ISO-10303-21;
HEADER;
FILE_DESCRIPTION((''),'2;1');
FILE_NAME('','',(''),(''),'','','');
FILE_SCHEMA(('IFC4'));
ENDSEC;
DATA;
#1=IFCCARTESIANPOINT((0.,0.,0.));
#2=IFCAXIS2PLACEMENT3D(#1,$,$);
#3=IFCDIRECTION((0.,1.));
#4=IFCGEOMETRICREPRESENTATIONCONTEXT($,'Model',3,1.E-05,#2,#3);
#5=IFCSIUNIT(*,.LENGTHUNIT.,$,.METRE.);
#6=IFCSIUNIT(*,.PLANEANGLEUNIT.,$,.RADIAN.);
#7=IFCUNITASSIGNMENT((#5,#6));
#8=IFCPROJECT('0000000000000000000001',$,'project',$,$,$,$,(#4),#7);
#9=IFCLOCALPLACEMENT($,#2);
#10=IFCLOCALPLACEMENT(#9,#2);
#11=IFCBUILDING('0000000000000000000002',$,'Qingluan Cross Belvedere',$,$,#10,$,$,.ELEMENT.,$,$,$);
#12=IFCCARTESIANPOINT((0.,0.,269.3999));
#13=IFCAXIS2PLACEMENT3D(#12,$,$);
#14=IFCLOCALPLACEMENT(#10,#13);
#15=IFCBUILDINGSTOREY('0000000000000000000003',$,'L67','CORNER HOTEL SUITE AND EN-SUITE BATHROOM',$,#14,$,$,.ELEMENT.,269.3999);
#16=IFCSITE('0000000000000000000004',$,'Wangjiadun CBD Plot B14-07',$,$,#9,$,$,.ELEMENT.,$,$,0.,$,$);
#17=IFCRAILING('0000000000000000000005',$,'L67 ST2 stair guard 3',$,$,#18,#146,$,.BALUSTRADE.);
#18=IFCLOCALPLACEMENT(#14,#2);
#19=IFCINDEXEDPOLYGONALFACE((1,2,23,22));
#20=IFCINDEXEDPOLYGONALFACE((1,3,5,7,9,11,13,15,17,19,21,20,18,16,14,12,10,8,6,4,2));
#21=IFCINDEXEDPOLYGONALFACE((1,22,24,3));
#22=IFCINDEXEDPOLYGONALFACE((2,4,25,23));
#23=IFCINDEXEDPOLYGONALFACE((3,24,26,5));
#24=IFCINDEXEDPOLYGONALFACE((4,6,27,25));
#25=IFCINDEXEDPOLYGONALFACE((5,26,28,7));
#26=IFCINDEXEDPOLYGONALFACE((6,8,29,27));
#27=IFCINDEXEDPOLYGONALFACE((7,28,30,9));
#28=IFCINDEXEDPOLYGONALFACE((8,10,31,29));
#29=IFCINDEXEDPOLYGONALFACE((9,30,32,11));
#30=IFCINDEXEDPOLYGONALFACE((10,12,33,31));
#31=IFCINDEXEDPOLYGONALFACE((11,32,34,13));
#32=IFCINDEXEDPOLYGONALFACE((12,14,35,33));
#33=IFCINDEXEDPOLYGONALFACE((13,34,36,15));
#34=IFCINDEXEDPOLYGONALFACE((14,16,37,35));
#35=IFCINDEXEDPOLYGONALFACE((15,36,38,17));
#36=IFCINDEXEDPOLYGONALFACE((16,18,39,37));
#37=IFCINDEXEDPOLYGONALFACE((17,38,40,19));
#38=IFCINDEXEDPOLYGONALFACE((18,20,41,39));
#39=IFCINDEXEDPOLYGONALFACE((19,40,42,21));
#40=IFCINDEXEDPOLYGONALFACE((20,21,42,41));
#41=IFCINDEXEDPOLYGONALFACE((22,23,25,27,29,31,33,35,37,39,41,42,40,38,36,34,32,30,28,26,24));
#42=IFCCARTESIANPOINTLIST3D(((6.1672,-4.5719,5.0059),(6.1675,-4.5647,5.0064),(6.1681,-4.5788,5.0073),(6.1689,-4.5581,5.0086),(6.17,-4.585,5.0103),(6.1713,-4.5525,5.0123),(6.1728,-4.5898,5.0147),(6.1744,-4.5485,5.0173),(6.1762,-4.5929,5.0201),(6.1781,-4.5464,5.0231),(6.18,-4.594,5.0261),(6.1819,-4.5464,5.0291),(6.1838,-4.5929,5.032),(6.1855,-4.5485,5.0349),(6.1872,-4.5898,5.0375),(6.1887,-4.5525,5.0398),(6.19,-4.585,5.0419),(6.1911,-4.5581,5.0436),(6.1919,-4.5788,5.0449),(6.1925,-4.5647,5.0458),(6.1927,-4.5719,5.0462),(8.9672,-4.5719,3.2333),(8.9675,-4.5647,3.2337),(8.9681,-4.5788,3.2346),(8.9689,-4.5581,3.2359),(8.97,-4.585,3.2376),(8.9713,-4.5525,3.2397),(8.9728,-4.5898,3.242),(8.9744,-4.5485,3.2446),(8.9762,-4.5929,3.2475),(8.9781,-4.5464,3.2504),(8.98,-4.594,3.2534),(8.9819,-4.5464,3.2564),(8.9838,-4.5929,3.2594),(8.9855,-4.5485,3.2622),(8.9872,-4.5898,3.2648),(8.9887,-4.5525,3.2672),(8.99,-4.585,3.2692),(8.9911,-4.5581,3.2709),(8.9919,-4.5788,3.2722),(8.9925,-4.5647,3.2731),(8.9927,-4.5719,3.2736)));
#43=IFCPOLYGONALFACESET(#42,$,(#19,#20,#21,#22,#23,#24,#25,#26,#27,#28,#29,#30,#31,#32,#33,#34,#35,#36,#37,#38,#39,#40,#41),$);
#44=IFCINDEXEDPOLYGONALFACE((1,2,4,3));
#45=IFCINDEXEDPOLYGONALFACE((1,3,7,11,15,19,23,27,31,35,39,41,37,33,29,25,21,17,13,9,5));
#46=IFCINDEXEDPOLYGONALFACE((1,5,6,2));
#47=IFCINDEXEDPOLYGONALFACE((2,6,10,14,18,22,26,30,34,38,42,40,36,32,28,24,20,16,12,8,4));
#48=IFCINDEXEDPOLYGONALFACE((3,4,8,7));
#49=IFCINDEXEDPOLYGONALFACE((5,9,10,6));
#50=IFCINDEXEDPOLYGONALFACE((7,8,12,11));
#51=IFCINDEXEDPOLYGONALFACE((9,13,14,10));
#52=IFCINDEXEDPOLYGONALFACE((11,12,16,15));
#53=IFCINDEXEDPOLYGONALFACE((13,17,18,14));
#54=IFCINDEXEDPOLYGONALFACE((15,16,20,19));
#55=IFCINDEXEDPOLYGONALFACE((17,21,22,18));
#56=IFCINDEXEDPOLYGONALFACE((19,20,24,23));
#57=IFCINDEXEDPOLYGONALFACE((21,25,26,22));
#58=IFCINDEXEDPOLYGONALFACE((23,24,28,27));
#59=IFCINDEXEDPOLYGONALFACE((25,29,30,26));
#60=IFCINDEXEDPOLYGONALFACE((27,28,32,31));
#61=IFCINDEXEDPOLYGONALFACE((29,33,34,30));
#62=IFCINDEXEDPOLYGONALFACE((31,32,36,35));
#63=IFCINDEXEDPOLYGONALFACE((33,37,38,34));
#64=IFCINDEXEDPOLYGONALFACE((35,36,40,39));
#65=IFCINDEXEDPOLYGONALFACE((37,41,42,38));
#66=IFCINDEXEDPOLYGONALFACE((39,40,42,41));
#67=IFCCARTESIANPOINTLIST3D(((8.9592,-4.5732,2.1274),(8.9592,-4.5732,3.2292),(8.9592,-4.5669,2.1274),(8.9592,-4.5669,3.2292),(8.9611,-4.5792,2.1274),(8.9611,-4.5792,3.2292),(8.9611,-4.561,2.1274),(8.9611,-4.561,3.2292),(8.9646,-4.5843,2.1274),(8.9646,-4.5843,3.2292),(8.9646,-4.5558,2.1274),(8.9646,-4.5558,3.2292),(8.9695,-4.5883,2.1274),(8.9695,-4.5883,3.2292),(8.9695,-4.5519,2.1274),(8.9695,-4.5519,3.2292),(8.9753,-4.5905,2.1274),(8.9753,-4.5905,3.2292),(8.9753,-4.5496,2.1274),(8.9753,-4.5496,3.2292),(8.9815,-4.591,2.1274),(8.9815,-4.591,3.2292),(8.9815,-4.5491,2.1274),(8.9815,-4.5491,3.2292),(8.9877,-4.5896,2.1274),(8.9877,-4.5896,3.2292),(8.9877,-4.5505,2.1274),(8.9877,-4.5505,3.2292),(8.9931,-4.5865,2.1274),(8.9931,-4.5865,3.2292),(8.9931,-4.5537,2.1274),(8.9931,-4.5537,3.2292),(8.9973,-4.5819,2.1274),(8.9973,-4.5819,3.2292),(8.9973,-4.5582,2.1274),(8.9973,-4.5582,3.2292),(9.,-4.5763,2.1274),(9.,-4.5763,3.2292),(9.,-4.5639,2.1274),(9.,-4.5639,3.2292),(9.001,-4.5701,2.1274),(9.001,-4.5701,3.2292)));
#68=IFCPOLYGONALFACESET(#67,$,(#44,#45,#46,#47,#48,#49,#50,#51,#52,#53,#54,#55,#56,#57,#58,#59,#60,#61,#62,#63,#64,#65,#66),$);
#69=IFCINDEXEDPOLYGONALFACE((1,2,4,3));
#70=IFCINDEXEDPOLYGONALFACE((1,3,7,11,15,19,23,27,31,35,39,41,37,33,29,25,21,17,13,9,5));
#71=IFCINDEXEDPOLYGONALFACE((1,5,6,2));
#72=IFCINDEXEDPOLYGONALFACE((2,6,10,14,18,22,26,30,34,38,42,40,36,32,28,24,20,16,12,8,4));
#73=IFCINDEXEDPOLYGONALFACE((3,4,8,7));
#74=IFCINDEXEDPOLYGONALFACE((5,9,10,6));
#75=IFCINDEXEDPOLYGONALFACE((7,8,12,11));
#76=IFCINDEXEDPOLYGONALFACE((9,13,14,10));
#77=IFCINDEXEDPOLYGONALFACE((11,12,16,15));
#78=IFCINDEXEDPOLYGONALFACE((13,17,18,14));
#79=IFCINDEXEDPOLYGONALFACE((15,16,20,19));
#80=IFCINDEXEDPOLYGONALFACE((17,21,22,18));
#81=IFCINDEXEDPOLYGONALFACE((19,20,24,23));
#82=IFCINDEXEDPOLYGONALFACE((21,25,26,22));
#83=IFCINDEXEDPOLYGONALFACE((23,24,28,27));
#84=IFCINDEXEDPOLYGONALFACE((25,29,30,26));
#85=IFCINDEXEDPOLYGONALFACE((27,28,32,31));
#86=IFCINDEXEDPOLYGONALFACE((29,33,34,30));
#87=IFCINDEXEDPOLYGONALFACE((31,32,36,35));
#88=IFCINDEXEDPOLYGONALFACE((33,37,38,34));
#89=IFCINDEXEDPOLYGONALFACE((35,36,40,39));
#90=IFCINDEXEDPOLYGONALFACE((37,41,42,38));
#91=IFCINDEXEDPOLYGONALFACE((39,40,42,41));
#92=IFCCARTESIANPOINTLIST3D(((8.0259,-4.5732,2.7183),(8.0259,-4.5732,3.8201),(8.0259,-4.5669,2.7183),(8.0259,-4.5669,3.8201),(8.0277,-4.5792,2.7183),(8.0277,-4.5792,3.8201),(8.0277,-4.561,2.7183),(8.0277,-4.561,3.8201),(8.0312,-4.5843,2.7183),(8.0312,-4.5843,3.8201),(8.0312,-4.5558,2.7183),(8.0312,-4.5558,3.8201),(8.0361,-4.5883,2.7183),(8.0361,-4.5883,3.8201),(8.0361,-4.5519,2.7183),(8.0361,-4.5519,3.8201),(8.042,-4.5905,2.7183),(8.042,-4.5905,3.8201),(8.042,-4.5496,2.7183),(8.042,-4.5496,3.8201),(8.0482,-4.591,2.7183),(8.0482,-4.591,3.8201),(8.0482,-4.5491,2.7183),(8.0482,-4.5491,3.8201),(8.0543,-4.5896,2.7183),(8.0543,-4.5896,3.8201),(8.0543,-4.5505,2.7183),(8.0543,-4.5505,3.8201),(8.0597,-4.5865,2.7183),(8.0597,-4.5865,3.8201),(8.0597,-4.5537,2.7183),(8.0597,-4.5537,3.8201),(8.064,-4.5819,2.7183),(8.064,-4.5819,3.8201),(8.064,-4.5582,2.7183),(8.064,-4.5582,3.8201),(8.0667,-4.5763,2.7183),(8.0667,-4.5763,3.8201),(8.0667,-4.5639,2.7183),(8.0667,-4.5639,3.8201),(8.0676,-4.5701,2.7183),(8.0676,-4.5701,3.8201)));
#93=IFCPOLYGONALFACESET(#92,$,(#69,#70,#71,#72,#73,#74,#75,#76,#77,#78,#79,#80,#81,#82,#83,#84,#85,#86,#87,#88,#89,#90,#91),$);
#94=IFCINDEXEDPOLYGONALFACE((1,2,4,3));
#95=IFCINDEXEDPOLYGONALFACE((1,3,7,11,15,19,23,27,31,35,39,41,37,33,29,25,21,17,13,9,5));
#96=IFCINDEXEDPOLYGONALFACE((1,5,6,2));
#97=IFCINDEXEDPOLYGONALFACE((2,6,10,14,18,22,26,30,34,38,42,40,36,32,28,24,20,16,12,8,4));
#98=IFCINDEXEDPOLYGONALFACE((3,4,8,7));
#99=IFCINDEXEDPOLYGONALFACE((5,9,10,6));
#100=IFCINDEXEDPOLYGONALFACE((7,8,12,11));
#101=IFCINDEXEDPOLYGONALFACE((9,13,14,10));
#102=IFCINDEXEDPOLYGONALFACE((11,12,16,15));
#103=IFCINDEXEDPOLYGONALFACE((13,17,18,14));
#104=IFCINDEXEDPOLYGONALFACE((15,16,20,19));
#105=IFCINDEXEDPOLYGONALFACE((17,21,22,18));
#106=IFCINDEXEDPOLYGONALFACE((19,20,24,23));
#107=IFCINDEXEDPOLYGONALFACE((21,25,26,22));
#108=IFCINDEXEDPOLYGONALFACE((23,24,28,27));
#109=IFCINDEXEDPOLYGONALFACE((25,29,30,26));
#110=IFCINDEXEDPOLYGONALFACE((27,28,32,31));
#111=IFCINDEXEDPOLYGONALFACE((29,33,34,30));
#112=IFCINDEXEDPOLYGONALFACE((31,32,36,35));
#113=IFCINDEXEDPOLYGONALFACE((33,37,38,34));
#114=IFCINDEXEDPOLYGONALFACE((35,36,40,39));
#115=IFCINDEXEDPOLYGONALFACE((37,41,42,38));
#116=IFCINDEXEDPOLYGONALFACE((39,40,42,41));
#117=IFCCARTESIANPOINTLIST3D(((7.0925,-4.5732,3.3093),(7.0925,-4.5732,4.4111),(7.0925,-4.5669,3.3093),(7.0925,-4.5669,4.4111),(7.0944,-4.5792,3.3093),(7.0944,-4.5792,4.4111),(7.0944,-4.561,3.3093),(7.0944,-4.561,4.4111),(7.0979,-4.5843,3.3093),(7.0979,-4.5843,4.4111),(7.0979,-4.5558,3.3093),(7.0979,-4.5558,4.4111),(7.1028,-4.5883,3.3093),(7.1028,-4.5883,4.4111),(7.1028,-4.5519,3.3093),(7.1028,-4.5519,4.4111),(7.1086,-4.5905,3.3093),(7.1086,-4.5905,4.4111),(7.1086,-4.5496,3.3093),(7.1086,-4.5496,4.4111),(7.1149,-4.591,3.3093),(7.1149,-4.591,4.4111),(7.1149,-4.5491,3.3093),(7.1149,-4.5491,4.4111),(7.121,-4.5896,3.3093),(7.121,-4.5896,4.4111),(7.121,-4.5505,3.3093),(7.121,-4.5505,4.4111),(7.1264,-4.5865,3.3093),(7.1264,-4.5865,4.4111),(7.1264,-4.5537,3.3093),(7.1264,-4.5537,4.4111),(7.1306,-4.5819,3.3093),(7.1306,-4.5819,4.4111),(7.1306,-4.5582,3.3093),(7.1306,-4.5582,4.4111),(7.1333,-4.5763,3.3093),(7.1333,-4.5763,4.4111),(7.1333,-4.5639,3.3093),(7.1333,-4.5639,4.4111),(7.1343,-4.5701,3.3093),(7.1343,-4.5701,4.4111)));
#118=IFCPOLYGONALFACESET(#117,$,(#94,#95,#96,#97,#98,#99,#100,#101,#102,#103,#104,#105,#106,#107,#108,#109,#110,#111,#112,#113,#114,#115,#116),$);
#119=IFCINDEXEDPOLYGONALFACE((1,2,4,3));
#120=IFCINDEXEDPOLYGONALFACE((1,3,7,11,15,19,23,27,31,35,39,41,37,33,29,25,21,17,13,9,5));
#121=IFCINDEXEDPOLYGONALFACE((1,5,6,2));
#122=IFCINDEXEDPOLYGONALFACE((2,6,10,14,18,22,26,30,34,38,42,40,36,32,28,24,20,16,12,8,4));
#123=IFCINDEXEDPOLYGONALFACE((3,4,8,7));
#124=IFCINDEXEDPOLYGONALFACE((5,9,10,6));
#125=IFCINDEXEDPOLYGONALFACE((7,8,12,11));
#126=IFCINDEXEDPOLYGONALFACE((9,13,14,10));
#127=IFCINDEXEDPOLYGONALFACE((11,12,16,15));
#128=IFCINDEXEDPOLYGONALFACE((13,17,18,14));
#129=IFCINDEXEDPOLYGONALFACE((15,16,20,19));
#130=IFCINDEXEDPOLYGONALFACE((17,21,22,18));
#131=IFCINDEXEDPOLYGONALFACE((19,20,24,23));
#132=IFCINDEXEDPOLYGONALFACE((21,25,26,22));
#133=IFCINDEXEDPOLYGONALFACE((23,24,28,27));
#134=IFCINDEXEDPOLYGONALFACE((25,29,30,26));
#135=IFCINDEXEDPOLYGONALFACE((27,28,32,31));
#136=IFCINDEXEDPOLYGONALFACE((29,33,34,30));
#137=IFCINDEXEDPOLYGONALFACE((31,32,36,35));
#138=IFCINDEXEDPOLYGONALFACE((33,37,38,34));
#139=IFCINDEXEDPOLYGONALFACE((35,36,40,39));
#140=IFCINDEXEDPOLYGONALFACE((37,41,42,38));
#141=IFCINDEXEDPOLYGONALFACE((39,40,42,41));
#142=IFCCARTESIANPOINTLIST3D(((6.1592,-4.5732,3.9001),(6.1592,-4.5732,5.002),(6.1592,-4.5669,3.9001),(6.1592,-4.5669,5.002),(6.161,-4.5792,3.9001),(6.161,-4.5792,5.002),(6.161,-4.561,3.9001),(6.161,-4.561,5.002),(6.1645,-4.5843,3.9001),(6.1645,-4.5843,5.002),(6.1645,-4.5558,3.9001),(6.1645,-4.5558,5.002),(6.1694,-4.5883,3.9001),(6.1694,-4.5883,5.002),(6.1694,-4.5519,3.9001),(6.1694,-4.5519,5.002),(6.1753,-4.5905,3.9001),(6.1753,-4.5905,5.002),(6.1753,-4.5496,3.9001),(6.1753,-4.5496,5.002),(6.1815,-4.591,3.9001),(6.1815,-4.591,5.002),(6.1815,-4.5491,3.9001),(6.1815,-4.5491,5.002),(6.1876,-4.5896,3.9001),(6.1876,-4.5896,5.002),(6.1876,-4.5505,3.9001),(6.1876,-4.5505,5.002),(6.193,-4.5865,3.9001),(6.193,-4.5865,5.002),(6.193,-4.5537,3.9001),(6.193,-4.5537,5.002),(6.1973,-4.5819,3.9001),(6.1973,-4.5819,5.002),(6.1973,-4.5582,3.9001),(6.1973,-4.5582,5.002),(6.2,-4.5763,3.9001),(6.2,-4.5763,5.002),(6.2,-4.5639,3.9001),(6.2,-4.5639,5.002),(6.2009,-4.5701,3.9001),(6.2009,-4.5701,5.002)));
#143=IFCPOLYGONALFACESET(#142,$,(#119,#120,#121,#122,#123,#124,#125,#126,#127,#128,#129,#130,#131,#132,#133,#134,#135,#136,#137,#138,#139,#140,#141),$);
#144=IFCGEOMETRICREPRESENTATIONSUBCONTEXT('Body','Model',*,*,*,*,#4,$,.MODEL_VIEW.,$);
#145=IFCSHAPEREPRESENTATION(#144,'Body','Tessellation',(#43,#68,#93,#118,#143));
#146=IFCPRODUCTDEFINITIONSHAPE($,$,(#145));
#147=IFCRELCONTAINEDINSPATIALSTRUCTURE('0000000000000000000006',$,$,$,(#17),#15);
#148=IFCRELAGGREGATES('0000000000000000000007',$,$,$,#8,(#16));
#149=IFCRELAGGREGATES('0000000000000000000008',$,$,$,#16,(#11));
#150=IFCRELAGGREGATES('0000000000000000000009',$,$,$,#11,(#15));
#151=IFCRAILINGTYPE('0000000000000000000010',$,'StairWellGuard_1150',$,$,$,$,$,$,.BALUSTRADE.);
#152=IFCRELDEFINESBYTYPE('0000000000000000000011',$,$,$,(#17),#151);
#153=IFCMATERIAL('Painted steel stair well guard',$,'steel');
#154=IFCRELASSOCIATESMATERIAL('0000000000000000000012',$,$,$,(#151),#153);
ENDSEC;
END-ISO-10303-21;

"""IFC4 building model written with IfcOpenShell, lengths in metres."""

from ifc_helpers import new_model, si_unit, direction, frame, origin, origin_2d, place, context, subcontext, project, spatial, circle, extrude, material, type_object, element, save


model = new_model("IFC4")

# Units and contexts
model_context = context("Model", 3, precision=1e-05, world=origin(), true_north=direction((0.0, 1.0)))
body_context = subcontext(model_context, "Body", "Model", "MODEL_VIEW")
ifc_project = project(units=[si_unit("LENGTHUNIT", "METRE"), si_unit("PLANEANGLEUNIT", "RADIAN")], contexts=[model_context])

# Site, building, storey
site_placement = place(None, origin())
site = spatial("IfcSite", under=ifc_project, at=site_placement, Name="Wangjiadun CBD Plot B14-07", CompositionType="ELEMENT", RefElevation=0.0)
building_placement = place(site_placement, origin())
building = spatial("IfcBuilding", under=site, at=building_placement, Name="Qingluan Cross Belvedere", CompositionType="ELEMENT")
storey_placement = place(building_placement, frame((0.0, 0.0, 269.3999)))
storey = spatial("IfcBuildingStorey", under=building, at=storey_placement, Name="L67", Description="CORNER HOTEL SUITE AND EN-SUITE BATHROOM", CompositionType="ELEMENT", Elevation=269.3999)

# Railing
ifc_material_1 = material(Name="Painted steel stair well guard", Category="steel")
railing_type_1 = type_object("IfcRailingType", Name="StairWellGuard_1150", PredefinedType="BALUSTRADE", material=ifc_material_1)
railing_1_placement = place(storey_placement, frame((8.98, -4.5701, 2.1274)))
element("IfcRailing", 1, at=railing_1_placement, inside=storey, type_object=railing_type_1, Name="L67 ST2 stair guard 3", PredefinedType="BALUSTRADE", context=body_context, shape_type="SweptSolid", body=[
    extrude(circle(Radius=0.0239, at=origin_2d()), frame((0.0, 0.0, 1.126), z_axis=(-0.844909, 0.0, 0.53491), x_axis=(0.0, -1.0, 0.0)), (0.0, 0.0, 1.0), 3.314),
    extrude(circle(Radius=0.021, at=origin_2d()), origin(), (0.0, 0.0, 1.0), 1.1018),
    extrude(circle(Radius=0.021, at=origin_2d()), frame((-0.9333, 0.0, 0.5908)), (0.0, 0.0, 1.0), 1.1018),
    extrude(circle(Radius=0.021, at=origin_2d()), frame((-1.8667, 0.0, 1.1819)), (0.0, 0.0, 1.0), 1.1018),
    extrude(circle(Radius=0.021, at=origin_2d()), frame((-2.8, 0.0, 1.7727)), (0.0, 0.0, 1.0), 1.1018),
])

save(model, "model.ifc")
